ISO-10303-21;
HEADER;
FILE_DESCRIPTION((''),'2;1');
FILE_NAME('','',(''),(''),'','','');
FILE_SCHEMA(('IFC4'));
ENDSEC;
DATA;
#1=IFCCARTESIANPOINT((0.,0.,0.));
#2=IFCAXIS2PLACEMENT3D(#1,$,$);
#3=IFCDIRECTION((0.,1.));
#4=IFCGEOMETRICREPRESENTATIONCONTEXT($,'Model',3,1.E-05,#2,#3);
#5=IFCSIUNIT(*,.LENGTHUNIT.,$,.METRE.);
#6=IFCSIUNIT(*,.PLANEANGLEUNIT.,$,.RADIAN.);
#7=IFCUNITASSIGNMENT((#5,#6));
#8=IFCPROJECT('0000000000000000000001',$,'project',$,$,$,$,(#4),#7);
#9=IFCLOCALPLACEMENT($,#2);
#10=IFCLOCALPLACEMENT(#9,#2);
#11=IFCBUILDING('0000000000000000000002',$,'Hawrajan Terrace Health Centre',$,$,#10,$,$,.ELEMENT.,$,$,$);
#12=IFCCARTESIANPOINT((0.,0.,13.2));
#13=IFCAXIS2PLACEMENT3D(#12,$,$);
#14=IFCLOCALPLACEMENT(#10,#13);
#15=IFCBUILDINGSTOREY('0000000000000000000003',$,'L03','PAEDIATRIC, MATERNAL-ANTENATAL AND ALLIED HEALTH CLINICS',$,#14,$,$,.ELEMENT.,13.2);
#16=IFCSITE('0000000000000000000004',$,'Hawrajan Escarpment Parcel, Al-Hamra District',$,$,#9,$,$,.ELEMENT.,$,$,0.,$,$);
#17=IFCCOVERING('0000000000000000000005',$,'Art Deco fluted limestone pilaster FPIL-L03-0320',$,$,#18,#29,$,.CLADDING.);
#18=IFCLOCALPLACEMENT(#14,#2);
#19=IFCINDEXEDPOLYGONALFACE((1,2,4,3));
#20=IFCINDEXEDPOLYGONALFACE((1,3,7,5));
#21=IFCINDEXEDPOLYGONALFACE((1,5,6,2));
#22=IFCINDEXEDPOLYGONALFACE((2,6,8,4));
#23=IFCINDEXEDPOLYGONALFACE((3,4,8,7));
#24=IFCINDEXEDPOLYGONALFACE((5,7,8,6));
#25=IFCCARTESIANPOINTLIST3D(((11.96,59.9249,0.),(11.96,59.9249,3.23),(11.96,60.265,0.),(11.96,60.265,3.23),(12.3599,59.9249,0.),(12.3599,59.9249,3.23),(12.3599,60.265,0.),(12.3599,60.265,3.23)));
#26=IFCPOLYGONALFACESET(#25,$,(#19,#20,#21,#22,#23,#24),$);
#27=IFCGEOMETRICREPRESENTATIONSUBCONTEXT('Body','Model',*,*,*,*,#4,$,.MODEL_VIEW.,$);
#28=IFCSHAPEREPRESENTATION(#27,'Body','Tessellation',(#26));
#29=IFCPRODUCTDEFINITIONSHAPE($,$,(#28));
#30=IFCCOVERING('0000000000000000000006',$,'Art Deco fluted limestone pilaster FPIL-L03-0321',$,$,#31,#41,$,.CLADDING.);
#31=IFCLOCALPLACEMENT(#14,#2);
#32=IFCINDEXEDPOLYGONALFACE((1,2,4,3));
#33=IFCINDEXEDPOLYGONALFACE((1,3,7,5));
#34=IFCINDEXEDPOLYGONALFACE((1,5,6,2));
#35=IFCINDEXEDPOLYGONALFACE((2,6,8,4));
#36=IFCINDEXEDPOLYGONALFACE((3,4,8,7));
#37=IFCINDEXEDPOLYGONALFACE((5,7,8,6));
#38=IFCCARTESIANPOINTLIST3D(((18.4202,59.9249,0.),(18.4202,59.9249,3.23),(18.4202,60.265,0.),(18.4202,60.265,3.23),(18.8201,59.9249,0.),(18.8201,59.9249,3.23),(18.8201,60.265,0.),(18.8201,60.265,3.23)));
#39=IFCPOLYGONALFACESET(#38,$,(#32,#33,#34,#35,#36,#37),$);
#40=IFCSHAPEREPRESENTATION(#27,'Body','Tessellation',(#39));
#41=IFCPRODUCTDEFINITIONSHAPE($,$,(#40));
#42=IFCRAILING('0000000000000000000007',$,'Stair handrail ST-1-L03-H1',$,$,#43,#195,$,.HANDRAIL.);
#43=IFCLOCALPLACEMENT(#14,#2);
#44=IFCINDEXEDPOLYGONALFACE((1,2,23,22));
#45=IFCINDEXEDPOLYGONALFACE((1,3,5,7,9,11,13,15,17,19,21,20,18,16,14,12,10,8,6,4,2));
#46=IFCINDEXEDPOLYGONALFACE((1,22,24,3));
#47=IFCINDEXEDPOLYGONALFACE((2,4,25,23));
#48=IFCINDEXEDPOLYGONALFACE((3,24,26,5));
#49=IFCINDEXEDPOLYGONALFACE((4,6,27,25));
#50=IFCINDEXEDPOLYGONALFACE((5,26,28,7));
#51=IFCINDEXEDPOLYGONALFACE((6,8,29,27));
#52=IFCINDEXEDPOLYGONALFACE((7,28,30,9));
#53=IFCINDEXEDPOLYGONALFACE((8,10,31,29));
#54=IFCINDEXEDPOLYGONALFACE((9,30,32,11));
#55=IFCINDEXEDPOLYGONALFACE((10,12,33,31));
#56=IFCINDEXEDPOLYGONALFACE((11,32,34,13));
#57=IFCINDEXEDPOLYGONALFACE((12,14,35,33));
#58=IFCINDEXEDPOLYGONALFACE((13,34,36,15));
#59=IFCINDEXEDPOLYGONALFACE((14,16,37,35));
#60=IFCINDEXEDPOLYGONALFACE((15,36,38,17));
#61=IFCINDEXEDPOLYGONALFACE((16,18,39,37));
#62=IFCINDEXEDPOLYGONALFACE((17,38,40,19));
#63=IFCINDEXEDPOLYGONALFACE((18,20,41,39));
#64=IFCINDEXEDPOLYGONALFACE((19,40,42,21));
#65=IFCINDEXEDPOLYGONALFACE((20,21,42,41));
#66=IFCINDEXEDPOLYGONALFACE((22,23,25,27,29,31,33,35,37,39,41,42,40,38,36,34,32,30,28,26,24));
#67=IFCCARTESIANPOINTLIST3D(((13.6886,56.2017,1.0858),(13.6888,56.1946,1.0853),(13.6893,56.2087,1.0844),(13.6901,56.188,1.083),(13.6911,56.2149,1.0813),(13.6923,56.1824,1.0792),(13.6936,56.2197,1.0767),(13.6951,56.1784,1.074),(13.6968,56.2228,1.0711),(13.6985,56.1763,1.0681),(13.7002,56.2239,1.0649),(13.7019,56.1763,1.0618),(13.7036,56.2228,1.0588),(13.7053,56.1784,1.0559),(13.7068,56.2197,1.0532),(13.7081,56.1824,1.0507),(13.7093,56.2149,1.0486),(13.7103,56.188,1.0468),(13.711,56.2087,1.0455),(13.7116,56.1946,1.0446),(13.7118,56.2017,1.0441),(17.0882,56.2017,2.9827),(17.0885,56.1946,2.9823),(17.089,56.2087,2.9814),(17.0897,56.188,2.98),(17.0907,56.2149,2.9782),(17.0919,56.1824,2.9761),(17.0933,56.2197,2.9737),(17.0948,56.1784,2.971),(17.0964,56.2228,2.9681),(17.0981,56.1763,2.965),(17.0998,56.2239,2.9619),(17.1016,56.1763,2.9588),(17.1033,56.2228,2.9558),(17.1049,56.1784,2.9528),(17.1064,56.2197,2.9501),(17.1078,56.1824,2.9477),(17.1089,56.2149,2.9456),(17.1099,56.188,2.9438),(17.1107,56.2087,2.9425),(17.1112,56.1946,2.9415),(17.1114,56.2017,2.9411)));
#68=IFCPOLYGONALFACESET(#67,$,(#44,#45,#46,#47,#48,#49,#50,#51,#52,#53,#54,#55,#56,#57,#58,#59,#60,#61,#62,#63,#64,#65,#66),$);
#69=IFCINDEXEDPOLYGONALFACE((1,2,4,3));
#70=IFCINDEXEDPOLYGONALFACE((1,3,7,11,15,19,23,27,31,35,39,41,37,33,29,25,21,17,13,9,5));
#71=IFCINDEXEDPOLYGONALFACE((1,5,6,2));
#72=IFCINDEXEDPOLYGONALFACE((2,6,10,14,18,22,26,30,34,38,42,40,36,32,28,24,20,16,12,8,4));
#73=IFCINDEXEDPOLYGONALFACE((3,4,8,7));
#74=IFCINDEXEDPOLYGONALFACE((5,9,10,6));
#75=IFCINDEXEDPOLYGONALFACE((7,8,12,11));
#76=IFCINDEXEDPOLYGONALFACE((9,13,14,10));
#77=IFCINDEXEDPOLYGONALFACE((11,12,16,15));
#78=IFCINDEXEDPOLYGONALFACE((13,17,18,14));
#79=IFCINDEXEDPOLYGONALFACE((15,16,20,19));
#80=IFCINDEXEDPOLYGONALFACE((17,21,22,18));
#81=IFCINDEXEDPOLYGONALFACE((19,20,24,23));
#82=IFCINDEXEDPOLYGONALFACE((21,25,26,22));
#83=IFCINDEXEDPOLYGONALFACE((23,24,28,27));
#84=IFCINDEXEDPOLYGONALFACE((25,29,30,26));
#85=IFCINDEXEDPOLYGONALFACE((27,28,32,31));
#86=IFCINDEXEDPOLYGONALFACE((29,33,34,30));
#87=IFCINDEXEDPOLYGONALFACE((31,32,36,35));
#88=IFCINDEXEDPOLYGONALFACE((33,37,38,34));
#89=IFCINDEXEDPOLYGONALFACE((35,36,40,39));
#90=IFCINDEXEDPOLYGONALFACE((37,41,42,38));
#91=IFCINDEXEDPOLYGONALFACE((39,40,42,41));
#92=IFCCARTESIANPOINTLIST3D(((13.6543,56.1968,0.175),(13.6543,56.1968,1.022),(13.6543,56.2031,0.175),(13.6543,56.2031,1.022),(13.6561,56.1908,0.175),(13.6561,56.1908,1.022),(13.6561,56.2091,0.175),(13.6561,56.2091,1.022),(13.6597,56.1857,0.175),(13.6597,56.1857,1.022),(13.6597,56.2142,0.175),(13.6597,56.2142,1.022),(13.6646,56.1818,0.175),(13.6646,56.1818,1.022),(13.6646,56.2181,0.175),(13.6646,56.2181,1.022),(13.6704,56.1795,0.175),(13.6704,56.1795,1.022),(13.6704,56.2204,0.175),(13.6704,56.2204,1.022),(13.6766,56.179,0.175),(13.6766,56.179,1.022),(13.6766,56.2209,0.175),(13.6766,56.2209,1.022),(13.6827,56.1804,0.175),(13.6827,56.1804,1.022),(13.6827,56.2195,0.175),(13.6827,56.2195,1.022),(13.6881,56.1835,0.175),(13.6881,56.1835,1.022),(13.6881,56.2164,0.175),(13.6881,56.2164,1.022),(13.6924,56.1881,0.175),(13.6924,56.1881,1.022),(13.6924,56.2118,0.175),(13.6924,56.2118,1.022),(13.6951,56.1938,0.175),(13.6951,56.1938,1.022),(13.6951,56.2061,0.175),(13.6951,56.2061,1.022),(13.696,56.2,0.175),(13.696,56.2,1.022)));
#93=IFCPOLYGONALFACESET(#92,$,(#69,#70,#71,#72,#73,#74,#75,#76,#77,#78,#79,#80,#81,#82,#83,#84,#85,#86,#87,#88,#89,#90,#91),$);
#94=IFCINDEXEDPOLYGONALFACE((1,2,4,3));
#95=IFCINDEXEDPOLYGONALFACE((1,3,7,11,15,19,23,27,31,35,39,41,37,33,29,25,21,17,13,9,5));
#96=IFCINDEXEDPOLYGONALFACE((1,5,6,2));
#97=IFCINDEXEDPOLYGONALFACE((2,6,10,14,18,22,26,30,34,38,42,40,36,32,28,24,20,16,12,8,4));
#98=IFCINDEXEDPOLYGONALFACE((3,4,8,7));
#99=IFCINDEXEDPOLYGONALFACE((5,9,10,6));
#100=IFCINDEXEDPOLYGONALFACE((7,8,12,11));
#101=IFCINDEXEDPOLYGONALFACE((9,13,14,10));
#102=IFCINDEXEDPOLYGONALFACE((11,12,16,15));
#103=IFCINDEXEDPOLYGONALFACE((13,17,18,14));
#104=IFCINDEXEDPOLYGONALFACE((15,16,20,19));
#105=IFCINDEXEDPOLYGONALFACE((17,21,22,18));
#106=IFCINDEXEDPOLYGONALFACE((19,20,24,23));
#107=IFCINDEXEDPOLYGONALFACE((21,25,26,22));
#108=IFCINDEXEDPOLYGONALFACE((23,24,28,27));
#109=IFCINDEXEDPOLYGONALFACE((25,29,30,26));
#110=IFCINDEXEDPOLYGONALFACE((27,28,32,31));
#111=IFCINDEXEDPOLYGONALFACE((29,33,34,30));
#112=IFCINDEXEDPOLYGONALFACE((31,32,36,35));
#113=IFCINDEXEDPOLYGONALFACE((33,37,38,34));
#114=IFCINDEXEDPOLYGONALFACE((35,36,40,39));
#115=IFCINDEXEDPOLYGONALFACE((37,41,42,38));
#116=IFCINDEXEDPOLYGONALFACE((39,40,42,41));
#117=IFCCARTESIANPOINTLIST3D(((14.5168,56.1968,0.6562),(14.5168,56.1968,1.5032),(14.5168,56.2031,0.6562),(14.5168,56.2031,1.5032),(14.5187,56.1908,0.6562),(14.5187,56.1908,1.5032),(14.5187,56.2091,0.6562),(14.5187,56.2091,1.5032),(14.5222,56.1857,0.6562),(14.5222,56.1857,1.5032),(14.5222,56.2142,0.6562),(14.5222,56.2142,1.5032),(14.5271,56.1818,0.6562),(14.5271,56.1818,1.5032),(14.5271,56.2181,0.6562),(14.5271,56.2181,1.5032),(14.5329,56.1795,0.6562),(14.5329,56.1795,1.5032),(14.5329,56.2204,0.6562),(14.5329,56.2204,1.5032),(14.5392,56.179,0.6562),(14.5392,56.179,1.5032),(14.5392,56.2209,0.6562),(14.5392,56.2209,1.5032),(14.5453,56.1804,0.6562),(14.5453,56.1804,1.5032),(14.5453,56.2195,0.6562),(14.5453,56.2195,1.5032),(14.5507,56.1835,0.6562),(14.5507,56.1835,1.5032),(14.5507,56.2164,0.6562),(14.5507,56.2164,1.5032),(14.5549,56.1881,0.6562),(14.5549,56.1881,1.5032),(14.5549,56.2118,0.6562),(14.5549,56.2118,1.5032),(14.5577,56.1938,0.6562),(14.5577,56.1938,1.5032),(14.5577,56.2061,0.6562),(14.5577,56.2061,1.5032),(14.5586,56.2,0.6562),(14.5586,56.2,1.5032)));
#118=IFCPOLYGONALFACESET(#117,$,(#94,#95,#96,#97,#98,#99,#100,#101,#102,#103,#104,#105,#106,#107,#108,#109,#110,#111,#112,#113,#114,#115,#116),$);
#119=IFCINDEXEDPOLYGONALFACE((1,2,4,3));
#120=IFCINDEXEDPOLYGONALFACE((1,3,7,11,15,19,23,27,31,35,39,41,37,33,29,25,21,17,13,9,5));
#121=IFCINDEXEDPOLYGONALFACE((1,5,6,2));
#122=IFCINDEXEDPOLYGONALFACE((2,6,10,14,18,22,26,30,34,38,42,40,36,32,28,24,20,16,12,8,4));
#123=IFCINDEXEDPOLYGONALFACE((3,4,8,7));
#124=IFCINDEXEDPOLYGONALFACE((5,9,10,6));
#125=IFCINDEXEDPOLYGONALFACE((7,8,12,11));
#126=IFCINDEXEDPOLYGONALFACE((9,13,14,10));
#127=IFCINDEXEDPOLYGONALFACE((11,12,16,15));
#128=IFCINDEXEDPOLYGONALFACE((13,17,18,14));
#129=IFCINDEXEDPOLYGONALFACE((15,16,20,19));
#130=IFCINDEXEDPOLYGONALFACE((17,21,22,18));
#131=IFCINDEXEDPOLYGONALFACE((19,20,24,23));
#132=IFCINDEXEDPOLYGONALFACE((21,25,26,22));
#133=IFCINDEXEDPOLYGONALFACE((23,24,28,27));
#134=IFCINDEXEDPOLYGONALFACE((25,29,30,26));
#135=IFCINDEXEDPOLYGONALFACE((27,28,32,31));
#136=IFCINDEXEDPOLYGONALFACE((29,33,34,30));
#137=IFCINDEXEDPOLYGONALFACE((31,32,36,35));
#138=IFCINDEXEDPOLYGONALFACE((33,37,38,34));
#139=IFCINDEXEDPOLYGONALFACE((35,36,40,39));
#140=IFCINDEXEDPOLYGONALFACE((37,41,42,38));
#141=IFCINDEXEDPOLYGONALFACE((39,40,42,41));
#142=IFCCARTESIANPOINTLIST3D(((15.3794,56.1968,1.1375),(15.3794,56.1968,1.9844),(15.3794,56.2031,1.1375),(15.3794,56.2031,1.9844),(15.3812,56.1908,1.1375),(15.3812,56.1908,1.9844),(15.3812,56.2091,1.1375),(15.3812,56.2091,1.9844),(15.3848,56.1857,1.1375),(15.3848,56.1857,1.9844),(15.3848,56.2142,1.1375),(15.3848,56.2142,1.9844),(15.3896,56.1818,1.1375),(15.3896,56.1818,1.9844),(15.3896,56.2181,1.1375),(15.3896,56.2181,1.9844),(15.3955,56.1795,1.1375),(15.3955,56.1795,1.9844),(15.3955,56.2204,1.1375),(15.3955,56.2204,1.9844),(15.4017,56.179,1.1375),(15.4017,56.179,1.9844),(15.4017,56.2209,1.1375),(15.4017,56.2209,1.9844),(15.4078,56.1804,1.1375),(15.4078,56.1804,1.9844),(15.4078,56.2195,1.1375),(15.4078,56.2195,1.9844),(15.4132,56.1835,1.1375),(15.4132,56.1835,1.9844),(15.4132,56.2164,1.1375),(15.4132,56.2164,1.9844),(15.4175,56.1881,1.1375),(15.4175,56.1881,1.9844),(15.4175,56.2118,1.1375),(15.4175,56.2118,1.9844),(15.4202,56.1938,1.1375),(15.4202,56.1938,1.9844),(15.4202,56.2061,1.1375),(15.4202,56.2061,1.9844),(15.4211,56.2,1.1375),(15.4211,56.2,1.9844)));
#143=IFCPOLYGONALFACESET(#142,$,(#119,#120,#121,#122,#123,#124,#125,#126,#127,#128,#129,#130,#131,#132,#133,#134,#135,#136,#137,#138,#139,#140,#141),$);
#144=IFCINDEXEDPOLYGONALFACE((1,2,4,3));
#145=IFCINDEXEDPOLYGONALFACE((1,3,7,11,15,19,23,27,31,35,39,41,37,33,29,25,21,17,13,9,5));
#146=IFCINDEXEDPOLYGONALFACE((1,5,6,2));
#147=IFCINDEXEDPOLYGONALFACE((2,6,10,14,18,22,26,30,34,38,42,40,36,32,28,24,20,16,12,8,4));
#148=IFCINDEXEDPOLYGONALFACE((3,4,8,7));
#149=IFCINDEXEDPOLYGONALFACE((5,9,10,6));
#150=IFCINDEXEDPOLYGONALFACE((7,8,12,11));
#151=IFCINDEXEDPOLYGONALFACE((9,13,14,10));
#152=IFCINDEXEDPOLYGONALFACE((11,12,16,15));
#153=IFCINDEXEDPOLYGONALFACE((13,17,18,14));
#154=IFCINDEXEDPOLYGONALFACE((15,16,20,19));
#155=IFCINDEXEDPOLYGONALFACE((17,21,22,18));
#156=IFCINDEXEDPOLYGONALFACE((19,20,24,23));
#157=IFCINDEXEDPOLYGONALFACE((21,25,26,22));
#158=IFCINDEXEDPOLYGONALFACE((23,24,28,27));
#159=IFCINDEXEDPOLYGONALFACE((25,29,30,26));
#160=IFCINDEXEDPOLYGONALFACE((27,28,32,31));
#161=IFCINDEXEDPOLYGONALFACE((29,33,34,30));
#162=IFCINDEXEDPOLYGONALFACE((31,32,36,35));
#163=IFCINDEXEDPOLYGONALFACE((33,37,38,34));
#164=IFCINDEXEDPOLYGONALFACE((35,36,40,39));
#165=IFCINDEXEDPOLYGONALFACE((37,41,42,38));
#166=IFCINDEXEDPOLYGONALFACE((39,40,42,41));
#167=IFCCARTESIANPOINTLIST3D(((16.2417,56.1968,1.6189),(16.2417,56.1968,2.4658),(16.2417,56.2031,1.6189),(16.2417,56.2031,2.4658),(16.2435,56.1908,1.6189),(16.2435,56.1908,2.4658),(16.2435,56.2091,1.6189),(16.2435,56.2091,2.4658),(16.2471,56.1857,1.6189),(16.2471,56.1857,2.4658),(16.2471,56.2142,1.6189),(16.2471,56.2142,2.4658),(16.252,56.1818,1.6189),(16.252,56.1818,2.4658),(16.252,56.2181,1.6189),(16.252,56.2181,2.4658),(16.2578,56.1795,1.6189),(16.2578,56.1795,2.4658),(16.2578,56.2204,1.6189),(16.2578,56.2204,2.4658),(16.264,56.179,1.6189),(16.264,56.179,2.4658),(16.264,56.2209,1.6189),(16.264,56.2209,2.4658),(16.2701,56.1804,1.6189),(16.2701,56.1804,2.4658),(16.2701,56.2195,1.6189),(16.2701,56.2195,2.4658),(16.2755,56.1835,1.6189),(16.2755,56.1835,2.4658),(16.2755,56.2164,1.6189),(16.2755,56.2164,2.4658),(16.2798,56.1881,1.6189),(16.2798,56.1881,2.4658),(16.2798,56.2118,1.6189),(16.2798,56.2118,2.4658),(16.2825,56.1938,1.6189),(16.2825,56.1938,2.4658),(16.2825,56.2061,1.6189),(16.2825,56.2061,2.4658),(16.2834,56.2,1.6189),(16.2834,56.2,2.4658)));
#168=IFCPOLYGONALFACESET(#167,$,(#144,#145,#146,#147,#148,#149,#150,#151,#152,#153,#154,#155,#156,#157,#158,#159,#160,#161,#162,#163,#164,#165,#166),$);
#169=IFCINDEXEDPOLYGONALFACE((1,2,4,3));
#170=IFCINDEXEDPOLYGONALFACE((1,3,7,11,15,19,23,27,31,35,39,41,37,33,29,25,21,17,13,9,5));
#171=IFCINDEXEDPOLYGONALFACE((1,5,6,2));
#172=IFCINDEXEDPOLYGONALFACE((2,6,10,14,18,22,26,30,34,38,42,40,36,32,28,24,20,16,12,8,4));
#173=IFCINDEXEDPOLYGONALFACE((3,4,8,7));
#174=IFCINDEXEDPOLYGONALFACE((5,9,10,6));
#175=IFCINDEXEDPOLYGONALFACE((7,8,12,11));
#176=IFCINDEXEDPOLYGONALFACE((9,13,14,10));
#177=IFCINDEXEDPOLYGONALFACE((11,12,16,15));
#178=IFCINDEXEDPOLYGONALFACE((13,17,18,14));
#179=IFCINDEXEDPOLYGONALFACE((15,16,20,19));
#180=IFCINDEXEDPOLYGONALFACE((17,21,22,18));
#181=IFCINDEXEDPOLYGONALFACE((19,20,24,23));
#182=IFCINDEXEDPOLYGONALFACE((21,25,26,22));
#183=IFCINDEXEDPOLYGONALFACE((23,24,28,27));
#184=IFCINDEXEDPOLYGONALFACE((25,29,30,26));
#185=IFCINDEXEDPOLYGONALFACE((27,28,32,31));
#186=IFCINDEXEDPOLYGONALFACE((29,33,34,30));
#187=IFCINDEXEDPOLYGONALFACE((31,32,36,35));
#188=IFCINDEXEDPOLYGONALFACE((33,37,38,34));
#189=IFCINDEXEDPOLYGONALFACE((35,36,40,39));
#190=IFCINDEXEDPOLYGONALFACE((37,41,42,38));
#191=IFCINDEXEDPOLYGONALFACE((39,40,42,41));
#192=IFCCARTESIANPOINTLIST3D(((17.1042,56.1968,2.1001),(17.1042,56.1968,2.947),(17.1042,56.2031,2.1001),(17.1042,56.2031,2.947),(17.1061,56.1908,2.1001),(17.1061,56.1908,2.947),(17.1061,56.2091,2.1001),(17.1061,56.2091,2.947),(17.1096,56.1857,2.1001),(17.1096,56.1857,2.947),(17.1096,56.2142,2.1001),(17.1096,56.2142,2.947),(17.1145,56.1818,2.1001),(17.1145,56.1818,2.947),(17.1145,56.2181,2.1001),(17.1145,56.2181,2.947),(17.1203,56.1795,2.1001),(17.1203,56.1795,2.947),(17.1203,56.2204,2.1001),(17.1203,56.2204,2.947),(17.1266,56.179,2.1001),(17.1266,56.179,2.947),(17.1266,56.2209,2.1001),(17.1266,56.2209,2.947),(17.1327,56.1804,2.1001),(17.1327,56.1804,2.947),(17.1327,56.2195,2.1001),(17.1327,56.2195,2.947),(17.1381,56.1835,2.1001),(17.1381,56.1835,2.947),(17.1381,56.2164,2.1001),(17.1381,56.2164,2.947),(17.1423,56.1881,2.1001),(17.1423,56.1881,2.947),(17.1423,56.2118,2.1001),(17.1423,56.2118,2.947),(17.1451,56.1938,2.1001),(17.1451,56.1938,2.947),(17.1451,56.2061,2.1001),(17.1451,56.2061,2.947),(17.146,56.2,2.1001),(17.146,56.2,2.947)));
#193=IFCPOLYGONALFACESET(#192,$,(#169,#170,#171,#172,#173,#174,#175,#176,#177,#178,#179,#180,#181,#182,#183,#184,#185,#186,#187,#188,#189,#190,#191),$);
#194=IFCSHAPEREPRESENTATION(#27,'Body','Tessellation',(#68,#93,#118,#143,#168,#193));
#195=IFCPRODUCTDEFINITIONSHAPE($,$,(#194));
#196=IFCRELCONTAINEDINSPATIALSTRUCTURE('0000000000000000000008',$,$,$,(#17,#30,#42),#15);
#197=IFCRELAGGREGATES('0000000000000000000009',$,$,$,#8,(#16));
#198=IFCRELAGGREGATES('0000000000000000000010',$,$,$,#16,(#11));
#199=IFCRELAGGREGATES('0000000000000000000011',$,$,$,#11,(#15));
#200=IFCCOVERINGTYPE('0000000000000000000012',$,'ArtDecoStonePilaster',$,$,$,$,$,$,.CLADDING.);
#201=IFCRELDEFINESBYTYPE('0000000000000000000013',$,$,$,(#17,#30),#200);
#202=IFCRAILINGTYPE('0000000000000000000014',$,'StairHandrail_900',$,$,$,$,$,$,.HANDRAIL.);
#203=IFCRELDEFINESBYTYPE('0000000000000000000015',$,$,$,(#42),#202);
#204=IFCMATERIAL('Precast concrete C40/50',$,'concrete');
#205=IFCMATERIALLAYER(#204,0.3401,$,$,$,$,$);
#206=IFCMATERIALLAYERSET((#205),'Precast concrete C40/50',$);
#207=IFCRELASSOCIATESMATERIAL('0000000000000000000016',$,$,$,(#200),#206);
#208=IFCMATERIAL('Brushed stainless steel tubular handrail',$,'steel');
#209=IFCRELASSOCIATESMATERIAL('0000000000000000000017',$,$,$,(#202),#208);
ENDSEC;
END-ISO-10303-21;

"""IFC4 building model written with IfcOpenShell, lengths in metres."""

from ifc_helpers import new_model, si_unit, direction, frame, origin, origin_2d, place, context, subcontext, project, spatial, rectangle, circle, extrude, material, layer, layer_set, type_object, element, save


model = new_model("IFC4")

# Units and contexts
model_context = context("Model", 3, precision=1e-05, world=origin(), true_north=direction((0.0, 1.0)))
body_context = subcontext(model_context, "Body", "Model", "MODEL_VIEW")
ifc_project = project(units=[si_unit("LENGTHUNIT", "METRE"), si_unit("PLANEANGLEUNIT", "RADIAN")], contexts=[model_context])

# Site, building, storey
site_placement = place(None, origin())
site = spatial("IfcSite", under=ifc_project, at=site_placement, Name="Hawrajan Escarpment Parcel, Al-Hamra District", CompositionType="ELEMENT", RefElevation=0.0)
building_placement = place(site_placement, origin())
building = spatial("IfcBuilding", under=site, at=building_placement, Name="Hawrajan Terrace Health Centre", CompositionType="ELEMENT")
storey_placement = place(building_placement, frame((0.0, 0.0, 13.2)))
storey = spatial("IfcBuildingStorey", under=building, at=storey_placement, Name="L03", Description="PAEDIATRIC, MATERNAL-ANTENATAL AND ALLIED HEALTH CLINICS", CompositionType="ELEMENT", Elevation=13.2)

# Coverings
ifc_material_1 = material(Name="Precast concrete C40/50", Category="concrete")
ifc_layer_1 = layer(ifc_material_1, 0.3401)
ifc_layer_set_1 = layer_set([ifc_layer_1], Name="Precast concrete C40/50")
covering_type_1 = type_object("IfcCoveringType", Name="ArtDecoStonePilaster", PredefinedType="CLADDING", material=ifc_layer_set_1)
for number, where, z_axis, x_axis, name in (
    (1, (12.1599, 60.095, 0.0), (0.0, 0.0, 1.0), (1.0, 0.0, 0.0), "Art Deco fluted limestone pilaster FPIL-L03-0320"),
    (2, (18.6201, 60.095, 0.0), (0.0, 0.0, 1.0), (1.0, 0.0, 0.0), "Art Deco fluted limestone pilaster FPIL-L03-0321"),
):
    element("IfcCovering", number, at=place(storey_placement, frame(where, z_axis=z_axis, x_axis=x_axis)), inside=storey, type_object=covering_type_1, Name=name, PredefinedType="CLADDING", context=body_context, shape_type="SweptSolid", body=[
        extrude(rectangle(XDim=0.3999, YDim=0.3401, at=origin_2d()), origin(), (0.0, 0.0, 1.0), 3.23),
    ])

# Railing
ifc_material_2 = material(Name="Brushed stainless steel tubular handrail", Category="steel")
railing_type_1 = type_object("IfcRailingType", Name="StairHandrail_900", PredefinedType="HANDRAIL", material=ifc_material_2)
railing_1_placement = place(storey_placement, frame((13.675, 56.2, 0.175)))
element("IfcRailing", 3, at=railing_1_placement, inside=storey, type_object=railing_type_1, Name="Stair handrail ST-1-L03-H1", PredefinedType="HANDRAIL", context=body_context, shape_type="SweptSolid", body=[
    extrude(circle(Radius=0.0239, at=origin_2d()), frame((0.0251, 0.0, 0.8899), z_axis=(0.873252, 0.0, 0.487269), x_axis=(0.0, 1.0, 0.0)), (0.0, 0.0, 1.0), 3.8931),
    extrude(circle(Radius=0.021, at=origin_2d()), origin(), (0.0, 0.0, 1.0), 0.8469),
    extrude(circle(Radius=0.021, at=origin_2d()), frame((0.8625, 0.0, 0.4812)), (0.0, 0.0, 1.0), 0.8469),
    extrude(circle(Radius=0.021, at=origin_2d()), frame((1.7251, 0.0, 0.9624)), (0.0, 0.0, 1.0), 0.8469),
    extrude(circle(Radius=0.021, at=origin_2d()), frame((2.5874, 0.0, 1.4438)), (0.0, 0.0, 1.0), 0.8469),
    extrude(circle(Radius=0.021, at=origin_2d()), frame((3.45, 0.0, 1.925)), (0.0, 0.0, 1.0), 0.8469),
])

save(model, "model.ifc")
